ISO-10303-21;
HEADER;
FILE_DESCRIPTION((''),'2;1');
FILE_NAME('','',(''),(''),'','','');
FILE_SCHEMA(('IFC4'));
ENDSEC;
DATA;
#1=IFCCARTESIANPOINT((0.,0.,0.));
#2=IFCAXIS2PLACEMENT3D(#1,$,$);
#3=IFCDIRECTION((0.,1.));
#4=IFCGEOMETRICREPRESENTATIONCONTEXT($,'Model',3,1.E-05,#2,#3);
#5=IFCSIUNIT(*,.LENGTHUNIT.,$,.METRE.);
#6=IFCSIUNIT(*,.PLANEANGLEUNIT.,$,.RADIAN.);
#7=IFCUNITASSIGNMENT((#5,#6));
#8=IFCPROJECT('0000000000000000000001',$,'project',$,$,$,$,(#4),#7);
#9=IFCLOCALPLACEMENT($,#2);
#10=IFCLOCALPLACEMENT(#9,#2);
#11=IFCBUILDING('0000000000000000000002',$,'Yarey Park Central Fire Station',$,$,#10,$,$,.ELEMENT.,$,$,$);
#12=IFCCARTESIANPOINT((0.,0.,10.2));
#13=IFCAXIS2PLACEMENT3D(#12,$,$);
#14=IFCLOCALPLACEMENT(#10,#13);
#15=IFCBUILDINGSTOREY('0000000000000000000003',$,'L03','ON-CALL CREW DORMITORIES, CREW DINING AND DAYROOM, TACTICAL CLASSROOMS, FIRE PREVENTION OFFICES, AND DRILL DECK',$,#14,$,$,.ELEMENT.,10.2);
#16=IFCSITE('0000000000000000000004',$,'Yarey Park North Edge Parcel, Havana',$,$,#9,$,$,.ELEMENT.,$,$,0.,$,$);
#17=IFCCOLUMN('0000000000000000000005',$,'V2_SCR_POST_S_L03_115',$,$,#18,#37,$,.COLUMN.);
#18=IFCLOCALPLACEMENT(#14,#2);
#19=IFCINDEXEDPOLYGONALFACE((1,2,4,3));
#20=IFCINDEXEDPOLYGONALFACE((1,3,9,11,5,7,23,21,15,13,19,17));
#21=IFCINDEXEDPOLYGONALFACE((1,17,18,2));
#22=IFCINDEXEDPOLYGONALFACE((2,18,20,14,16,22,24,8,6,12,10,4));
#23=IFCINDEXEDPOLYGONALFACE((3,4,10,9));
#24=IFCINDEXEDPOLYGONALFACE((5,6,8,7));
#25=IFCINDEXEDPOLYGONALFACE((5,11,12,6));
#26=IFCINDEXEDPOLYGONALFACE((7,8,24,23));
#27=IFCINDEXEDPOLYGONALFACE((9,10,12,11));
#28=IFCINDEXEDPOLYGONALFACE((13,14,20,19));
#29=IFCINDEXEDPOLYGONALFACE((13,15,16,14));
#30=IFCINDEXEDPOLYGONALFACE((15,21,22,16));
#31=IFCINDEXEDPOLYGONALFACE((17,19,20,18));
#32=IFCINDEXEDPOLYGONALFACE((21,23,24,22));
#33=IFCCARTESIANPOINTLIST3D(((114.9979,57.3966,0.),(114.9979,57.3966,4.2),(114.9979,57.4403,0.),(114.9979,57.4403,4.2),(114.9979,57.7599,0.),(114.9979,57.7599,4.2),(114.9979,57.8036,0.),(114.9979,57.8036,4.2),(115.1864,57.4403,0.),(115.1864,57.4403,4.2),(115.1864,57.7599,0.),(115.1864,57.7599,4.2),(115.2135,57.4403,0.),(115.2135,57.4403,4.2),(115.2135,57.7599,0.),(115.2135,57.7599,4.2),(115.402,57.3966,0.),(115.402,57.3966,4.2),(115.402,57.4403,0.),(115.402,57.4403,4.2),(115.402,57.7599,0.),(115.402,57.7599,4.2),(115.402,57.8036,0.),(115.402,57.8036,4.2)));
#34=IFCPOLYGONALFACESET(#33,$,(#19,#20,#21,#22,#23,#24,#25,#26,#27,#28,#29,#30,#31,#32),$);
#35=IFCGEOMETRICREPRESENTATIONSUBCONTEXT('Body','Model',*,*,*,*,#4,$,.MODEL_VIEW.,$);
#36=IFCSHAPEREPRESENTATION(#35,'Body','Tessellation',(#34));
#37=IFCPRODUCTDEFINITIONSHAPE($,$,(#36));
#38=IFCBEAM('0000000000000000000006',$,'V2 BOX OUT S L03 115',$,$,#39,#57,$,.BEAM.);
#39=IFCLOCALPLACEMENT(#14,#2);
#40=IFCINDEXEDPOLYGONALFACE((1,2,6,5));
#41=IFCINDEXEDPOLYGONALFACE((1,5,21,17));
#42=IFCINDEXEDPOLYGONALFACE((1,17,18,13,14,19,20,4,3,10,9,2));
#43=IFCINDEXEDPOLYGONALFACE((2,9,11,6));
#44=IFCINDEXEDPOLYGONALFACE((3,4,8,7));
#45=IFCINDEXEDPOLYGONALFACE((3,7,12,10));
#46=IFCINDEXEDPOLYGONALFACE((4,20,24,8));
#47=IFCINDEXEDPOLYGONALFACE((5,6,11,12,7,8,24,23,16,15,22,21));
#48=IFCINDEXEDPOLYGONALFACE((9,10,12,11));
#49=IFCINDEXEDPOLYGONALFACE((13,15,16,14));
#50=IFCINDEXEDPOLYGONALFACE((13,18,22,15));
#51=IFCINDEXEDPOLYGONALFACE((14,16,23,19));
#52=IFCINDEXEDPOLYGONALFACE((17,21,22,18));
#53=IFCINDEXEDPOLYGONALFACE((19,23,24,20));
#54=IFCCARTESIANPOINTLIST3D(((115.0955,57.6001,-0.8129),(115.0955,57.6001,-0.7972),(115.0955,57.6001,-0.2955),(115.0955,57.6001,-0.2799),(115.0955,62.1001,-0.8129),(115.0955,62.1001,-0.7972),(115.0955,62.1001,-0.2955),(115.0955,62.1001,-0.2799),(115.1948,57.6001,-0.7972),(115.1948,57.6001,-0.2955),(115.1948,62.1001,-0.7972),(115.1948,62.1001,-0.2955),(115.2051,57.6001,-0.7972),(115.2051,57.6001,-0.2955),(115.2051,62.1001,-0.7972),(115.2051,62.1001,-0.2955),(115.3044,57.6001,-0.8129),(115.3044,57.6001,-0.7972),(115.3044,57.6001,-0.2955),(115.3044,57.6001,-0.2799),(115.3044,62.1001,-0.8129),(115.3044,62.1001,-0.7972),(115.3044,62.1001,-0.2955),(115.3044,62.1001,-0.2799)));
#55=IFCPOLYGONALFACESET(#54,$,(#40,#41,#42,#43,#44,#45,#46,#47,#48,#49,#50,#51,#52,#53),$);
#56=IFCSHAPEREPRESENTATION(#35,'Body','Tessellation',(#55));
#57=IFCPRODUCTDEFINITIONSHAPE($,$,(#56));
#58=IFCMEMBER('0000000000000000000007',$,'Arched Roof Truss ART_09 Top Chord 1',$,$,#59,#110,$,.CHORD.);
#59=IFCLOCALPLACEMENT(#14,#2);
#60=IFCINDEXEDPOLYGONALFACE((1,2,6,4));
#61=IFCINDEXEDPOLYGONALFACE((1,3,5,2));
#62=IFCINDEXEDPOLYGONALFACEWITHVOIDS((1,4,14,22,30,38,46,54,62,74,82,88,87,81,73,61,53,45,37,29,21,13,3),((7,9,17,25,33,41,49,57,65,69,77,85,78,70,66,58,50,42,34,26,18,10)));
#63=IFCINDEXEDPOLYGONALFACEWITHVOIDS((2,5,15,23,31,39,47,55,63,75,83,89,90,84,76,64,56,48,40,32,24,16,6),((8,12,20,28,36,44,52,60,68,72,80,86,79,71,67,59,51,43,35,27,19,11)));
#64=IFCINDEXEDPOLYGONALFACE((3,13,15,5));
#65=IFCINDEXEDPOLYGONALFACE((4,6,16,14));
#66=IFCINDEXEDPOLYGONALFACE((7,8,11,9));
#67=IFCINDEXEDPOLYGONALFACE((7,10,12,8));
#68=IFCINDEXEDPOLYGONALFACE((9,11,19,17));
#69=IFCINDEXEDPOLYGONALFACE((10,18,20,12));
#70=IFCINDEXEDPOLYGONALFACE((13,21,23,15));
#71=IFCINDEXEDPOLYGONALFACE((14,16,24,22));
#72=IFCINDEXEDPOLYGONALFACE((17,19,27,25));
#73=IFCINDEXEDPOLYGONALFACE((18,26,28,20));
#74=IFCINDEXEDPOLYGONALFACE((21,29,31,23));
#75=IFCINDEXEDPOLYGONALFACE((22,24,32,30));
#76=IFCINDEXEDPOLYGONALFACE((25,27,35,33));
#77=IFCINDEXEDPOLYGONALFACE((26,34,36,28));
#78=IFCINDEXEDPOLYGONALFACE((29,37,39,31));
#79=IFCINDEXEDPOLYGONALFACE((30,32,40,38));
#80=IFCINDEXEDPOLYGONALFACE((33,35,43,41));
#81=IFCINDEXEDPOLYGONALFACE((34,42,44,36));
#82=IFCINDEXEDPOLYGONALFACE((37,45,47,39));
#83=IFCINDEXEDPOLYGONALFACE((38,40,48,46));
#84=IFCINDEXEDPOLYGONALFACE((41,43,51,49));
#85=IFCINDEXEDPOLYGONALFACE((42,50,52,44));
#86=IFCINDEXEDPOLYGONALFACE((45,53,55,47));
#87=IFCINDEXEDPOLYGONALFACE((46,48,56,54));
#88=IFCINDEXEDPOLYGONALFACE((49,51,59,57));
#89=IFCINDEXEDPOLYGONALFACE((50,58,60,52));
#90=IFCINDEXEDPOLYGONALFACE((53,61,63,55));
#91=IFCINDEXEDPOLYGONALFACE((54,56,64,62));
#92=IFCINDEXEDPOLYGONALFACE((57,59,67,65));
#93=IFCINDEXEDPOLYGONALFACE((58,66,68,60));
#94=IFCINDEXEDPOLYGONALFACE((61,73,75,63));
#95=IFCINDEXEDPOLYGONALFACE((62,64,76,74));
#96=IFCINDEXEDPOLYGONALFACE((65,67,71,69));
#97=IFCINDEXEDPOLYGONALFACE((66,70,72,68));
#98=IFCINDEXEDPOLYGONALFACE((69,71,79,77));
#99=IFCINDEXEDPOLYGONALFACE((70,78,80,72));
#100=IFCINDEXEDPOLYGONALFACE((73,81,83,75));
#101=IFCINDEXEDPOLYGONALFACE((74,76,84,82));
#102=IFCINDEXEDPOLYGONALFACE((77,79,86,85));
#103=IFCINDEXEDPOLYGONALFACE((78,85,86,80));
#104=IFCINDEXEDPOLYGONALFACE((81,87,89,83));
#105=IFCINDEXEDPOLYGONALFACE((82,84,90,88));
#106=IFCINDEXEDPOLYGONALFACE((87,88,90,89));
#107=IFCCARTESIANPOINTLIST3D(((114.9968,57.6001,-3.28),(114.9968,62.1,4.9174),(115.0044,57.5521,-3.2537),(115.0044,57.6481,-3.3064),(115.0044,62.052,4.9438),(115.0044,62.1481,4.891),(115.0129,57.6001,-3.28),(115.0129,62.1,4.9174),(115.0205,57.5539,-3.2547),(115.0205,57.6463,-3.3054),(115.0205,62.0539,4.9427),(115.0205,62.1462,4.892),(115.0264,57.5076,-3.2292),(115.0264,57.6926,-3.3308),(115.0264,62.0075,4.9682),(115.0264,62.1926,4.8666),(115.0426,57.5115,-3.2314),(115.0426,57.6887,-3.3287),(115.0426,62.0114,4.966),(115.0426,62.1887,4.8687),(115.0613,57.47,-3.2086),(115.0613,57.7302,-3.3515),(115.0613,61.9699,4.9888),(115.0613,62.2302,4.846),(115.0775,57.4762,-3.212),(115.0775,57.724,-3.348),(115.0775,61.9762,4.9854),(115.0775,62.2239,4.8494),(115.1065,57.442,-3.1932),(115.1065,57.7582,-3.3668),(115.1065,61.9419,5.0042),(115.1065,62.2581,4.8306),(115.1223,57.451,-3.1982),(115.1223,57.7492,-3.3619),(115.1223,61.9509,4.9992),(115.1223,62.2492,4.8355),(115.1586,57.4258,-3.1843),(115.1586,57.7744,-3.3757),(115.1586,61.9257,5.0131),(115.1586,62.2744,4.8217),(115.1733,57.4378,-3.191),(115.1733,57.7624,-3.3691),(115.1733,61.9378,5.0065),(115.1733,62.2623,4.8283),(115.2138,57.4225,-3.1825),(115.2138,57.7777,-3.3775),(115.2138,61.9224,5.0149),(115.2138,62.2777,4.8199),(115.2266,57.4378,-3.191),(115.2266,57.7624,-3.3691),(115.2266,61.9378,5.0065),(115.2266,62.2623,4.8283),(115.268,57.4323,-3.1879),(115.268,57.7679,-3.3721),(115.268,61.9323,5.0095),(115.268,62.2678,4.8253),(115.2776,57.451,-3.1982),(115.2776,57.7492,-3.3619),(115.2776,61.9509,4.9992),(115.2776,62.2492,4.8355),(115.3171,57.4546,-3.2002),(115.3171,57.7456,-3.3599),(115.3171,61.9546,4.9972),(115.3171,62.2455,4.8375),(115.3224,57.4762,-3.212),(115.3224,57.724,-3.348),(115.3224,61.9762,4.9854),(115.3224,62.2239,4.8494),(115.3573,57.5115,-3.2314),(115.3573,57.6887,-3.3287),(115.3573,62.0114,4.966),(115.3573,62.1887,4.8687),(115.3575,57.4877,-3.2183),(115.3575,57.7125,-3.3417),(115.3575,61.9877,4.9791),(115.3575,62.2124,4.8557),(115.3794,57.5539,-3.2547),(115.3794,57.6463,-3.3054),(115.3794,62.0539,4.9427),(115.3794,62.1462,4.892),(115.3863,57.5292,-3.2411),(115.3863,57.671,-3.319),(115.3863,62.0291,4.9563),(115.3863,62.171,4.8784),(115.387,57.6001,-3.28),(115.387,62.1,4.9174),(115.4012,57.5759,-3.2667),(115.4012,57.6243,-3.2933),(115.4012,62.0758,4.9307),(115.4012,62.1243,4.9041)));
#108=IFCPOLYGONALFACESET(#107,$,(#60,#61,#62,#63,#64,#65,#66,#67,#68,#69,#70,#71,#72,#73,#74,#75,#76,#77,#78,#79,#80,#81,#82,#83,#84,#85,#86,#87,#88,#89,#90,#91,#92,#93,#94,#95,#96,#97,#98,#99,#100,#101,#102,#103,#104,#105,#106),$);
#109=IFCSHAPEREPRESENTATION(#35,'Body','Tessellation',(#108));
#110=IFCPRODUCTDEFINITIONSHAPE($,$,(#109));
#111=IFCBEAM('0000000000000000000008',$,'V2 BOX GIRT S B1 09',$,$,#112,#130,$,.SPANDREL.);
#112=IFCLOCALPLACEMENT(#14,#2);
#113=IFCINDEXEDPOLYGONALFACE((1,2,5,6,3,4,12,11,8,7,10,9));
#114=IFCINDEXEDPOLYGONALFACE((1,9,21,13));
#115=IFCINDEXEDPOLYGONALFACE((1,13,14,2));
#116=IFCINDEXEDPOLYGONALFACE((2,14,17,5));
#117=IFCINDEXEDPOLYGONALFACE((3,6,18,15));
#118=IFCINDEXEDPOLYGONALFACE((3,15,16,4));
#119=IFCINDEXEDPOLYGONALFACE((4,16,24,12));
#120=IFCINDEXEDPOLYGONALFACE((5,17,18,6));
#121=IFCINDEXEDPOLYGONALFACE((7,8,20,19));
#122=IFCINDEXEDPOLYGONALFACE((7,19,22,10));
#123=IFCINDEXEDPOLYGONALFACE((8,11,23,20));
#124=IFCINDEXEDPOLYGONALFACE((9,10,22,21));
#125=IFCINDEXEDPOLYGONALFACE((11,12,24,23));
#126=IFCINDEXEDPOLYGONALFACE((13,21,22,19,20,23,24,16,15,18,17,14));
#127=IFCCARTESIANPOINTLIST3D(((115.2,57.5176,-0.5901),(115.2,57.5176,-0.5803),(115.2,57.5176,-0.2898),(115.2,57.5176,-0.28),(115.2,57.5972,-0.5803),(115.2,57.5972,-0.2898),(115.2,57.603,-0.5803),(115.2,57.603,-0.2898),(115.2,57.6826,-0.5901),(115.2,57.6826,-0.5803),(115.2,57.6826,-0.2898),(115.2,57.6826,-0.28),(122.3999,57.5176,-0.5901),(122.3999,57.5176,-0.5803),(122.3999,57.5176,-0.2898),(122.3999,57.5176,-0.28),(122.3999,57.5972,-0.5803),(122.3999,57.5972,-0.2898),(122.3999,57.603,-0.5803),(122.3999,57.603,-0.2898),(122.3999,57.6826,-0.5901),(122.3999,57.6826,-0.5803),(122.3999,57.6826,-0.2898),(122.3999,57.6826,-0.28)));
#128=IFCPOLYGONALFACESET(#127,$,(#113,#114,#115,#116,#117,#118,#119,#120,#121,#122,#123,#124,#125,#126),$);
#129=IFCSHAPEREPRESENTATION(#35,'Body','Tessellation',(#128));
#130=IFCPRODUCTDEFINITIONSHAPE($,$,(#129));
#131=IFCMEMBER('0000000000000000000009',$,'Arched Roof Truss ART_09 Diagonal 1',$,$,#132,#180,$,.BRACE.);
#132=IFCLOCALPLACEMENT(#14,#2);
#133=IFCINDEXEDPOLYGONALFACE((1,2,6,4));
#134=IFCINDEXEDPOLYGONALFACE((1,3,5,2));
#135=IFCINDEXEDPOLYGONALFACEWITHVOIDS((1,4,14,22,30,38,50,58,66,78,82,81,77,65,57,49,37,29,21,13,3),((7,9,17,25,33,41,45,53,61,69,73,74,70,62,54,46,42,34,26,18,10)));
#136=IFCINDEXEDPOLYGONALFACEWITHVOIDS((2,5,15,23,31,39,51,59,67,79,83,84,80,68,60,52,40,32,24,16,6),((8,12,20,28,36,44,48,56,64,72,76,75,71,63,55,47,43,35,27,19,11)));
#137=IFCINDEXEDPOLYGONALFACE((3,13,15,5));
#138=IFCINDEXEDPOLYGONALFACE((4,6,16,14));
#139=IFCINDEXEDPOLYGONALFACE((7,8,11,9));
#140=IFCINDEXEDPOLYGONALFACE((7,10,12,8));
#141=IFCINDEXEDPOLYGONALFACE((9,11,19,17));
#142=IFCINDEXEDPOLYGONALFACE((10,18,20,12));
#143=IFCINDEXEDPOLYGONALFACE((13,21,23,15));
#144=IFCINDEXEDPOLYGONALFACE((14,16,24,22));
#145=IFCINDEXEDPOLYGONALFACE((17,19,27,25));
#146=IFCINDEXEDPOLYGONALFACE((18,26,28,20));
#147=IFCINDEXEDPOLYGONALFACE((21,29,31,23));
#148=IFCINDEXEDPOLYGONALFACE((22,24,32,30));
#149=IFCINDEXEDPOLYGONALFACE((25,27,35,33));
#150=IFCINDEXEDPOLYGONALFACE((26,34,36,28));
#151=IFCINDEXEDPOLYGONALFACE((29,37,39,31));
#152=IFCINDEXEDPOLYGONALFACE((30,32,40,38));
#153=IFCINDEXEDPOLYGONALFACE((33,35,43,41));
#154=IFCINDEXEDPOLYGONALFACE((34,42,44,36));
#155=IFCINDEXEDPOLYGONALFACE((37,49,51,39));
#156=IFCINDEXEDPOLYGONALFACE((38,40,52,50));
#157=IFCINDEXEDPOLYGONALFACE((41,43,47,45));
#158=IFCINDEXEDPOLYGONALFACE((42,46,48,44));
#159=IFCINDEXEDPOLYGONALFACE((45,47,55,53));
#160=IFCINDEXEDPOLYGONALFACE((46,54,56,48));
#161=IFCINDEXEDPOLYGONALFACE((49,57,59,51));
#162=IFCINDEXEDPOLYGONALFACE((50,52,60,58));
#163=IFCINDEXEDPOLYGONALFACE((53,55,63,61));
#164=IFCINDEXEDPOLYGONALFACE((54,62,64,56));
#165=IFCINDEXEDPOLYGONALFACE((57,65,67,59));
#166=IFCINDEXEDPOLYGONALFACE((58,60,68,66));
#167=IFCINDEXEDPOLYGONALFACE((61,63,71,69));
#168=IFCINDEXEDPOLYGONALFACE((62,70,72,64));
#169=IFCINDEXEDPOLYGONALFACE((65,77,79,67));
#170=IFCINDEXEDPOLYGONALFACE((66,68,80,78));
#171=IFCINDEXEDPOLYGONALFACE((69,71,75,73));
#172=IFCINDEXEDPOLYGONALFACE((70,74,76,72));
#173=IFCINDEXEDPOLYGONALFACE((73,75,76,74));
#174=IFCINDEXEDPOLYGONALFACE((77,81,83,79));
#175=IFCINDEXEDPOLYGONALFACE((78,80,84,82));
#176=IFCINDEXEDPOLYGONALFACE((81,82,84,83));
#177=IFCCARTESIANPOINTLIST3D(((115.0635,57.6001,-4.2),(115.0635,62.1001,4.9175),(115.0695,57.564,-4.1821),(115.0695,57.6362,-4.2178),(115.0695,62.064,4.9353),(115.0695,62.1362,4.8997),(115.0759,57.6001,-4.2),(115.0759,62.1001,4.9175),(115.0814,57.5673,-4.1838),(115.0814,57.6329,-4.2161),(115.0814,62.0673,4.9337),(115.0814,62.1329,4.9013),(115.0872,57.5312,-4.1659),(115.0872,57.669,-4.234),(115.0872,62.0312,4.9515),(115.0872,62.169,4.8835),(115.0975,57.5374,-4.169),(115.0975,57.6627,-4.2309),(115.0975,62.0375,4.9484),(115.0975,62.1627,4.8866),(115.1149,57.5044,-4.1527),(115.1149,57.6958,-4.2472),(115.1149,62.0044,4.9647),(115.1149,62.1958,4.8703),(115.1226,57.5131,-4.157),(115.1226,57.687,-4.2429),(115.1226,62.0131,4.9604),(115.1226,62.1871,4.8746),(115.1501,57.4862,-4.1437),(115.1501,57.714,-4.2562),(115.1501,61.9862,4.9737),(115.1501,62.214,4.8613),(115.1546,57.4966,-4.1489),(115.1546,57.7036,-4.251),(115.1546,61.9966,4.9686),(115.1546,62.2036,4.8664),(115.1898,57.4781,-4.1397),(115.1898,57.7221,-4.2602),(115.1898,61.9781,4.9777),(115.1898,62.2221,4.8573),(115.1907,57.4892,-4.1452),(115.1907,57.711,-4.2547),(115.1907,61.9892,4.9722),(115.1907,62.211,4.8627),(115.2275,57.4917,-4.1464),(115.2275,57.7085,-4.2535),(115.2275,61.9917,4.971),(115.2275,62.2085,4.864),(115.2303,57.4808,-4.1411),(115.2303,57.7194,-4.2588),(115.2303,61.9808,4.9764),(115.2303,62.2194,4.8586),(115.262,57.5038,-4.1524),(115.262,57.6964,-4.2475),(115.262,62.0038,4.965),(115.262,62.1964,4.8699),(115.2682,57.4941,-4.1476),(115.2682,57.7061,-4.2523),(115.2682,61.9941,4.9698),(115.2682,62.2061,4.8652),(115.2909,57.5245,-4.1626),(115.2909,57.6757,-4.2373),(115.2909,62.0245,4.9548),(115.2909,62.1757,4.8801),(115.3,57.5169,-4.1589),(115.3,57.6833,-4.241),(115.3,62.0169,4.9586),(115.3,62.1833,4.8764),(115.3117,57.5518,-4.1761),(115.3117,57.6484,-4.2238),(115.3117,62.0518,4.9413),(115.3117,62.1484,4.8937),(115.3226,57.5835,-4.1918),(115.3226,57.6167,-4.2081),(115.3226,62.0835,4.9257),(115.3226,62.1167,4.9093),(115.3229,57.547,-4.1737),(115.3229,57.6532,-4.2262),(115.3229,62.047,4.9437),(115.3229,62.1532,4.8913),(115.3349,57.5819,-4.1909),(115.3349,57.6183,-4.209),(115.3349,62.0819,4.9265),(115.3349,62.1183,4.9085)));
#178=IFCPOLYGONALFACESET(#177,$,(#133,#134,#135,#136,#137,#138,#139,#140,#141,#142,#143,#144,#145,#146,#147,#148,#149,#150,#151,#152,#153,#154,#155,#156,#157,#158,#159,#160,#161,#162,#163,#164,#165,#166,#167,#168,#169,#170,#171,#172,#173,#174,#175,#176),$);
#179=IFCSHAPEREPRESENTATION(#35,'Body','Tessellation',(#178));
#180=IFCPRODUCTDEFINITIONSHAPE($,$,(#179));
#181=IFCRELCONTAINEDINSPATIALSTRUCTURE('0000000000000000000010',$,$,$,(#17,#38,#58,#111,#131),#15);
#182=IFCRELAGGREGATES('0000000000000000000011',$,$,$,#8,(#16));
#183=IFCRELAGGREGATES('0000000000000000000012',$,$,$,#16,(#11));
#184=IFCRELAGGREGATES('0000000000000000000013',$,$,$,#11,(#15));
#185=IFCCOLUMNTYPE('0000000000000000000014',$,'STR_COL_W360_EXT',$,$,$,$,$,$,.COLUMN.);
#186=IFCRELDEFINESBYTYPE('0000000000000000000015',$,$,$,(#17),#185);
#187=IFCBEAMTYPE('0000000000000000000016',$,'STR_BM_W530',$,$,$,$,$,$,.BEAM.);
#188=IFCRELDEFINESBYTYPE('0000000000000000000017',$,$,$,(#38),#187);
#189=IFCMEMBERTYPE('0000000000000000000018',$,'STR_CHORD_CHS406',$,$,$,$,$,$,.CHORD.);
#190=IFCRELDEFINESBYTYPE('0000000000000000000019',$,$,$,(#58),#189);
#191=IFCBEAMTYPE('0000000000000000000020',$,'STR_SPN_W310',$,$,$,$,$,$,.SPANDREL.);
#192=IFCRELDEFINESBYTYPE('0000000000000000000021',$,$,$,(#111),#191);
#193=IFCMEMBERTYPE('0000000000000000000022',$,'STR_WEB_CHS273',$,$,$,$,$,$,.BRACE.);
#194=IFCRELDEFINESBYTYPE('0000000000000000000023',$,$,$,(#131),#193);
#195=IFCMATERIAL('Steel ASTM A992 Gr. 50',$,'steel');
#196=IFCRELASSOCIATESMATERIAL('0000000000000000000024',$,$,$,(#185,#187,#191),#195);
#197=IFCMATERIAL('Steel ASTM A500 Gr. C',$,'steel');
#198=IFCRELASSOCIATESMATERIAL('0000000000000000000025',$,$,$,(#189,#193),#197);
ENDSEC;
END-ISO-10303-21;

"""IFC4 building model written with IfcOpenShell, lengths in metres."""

from ifc_helpers import new_model, si_unit, direction, frame, origin, origin_2d, place, context, subcontext, project, spatial, hollow_circle, i_section, extrude, material, material_profile, profile_set, type_object, element, save


model = new_model("IFC4")

# Units and contexts
model_context = context("Model", 3, precision=1e-05, world=origin(), true_north=direction((0.0, 1.0)))
body_context = subcontext(model_context, "Body", "Model", "MODEL_VIEW")
ifc_project = project(units=[si_unit("LENGTHUNIT", "METRE"), si_unit("PLANEANGLEUNIT", "RADIAN")], contexts=[model_context])

# Site, building, storey
site_placement = place(None, origin())
site = spatial("IfcSite", under=ifc_project, at=site_placement, Name="Yarey Park North Edge Parcel, Havana", CompositionType="ELEMENT", RefElevation=0.0)
building_placement = place(site_placement, origin())
building = spatial("IfcBuilding", under=site, at=building_placement, Name="Yarey Park Central Fire Station", CompositionType="ELEMENT")
storey_placement = place(building_placement, frame((0.0, 0.0, 10.2)))
storey = spatial("IfcBuildingStorey", under=building, at=storey_placement, Name="L03", Description="ON-CALL CREW DORMITORIES, CREW DINING AND DAYROOM, TACTICAL CLASSROOMS, FIRE PREVENTION OFFICES, AND DRILL DECK", CompositionType="ELEMENT", Elevation=10.2)

# Column
ifc_material_1 = material(Name="Steel ASTM A992 Gr. 50", Category="steel")
ifc_material_profile_1 = material_profile(ifc_material_1, i_section(OverallWidth=0.4041, OverallDepth=0.407, WebThickness=0.0271, FlangeThickness=0.0437, at=origin_2d()), Name="W360x347")
ifc_profile_set_1 = profile_set([ifc_material_profile_1], Name="Steel ASTM A992 Gr. 50")
column_type = type_object("IfcColumnType", Name="STR_COL_W360_EXT", PredefinedType="COLUMN", material=ifc_profile_set_1)
column_placement = place(storey_placement, frame((115.2, 57.6001, 0.0), z_axis=(0.0, 0.0, 1.0), x_axis=(1.0, 0.0, 0.0)))
element("IfcColumn", 1, at=column_placement, inside=storey, type_object=column_type, Name="V2_SCR_POST_S_L03_115", PredefinedType="COLUMN", context=body_context, shape_type="SweptSolid", body=[
    extrude(i_section(OverallWidth=0.4041, OverallDepth=0.407, WebThickness=0.0271, FlangeThickness=0.0437, at=origin_2d()), origin(), (0.0, 0.0, 1.0), 4.2),
])

# Beam
ifc_material_profile_2 = material_profile(ifc_material_1, i_section(OverallWidth=0.209, OverallDepth=0.533, WebThickness=0.0103, FlangeThickness=0.0156, at=origin_2d()), Name="W530x92")
ifc_profile_set_2 = profile_set([ifc_material_profile_2], Name="Steel ASTM A992 Gr. 50")
beam_type_1 = type_object("IfcBeamType", Name="STR_BM_W530", PredefinedType="BEAM", material=ifc_profile_set_2)
beam_1_placement = place(storey_placement, frame((115.2, 57.6001, -0.5464), z_axis=(0.0, 1.0, 0.0), x_axis=(-1.0, 0.0, 0.0)))
element("IfcBeam", 2, at=beam_1_placement, inside=storey, type_object=beam_type_1, Name="V2 BOX OUT S L03 115", PredefinedType="BEAM", context=body_context, shape_type="SweptSolid", body=[
    extrude(i_section(OverallWidth=0.209, OverallDepth=0.533, WebThickness=0.0103, FlangeThickness=0.0156, at=origin_2d()), origin(), (0.0, 0.0, 1.0), 4.5),
])

# Member
ifc_material_2 = material(Name="Steel ASTM A500 Gr. C", Category="steel")
ifc_material_profile_3 = material_profile(ifc_material_2, hollow_circle(Radius=0.2031, WallThickness=0.0161, at=origin_2d()), Name="CHS 406.4x16")
ifc_profile_set_3 = profile_set([ifc_material_profile_3], Name="Steel ASTM A500 Gr. C")
member_type_1 = type_object("IfcMemberType", Name="STR_CHORD_CHS406", PredefinedType="CHORD", material=ifc_profile_set_3)
member_1_placement = place(storey_placement, frame((115.2, 57.6001, -3.28), z_axis=(0.0, 0.48121, 0.876605), x_axis=(-1.0, 0.0, 0.0)))
element("IfcMember", 3, at=member_1_placement, inside=storey, type_object=member_type_1, Name="Arched Roof Truss ART_09 Top Chord 1", PredefinedType="CHORD", context=body_context, shape_type="SweptSolid", body=[
    extrude(hollow_circle(Radius=0.2031, WallThickness=0.0161, at=origin_2d()), origin(), (0.0, 0.0, 1.0), 9.3513),
])

# Beam
ifc_material_profile_4 = material_profile(ifc_material_1, i_section(OverallWidth=0.165, OverallDepth=0.3101, WebThickness=0.0059, FlangeThickness=0.0098, at=origin_2d()), Name="W310x39")
ifc_profile_set_4 = profile_set([ifc_material_profile_4], Name="Steel ASTM A992 Gr. 50")
beam_type_2 = type_object("IfcBeamType", Name="STR_SPN_W310", PredefinedType="SPANDREL", material=ifc_profile_set_4)
beam_2_placement = place(storey_placement, frame((115.2, 57.6001, -0.4351), z_axis=(1.0, 0.0, 0.0), x_axis=(0.0, 1.0, 0.0)))
element("IfcBeam", 4, at=beam_2_placement, inside=storey, type_object=beam_type_2, Name="V2 BOX GIRT S B1 09", PredefinedType="SPANDREL", context=body_context, shape_type="SweptSolid", body=[
    extrude(i_section(OverallWidth=0.165, OverallDepth=0.3101, WebThickness=0.0059, FlangeThickness=0.0098, at=origin_2d()), origin(), (0.0, 0.0, 1.0), 7.2),
])

# Member
ifc_material_profile_5 = material_profile(ifc_material_2, hollow_circle(Radius=0.1365, WallThickness=0.0125, at=origin_2d()), Name="CHS 273x12.5")
ifc_profile_set_5 = profile_set([ifc_material_profile_5], Name="Steel ASTM A500 Gr. C")
member_type_2 = type_object("IfcMemberType", Name="STR_WEB_CHS273", PredefinedType="BRACE", material=ifc_profile_set_5)
member_2_placement = place(storey_placement, frame((115.2, 57.6001, -4.2), z_axis=(0.0, 0.442588, 0.896725), x_axis=(-1.0, 0.0, 0.0)))
element("IfcMember", 5, at=member_2_placement, inside=storey, type_object=member_type_2, Name="Arched Roof Truss ART_09 Diagonal 1", PredefinedType="BRACE", context=body_context, shape_type="SweptSolid", body=[
    extrude(hollow_circle(Radius=0.1365, WallThickness=0.0125, at=origin_2d()), origin(), (0.0, 0.0, 1.0), 10.1675),
])

save(model, "model.ifc")
